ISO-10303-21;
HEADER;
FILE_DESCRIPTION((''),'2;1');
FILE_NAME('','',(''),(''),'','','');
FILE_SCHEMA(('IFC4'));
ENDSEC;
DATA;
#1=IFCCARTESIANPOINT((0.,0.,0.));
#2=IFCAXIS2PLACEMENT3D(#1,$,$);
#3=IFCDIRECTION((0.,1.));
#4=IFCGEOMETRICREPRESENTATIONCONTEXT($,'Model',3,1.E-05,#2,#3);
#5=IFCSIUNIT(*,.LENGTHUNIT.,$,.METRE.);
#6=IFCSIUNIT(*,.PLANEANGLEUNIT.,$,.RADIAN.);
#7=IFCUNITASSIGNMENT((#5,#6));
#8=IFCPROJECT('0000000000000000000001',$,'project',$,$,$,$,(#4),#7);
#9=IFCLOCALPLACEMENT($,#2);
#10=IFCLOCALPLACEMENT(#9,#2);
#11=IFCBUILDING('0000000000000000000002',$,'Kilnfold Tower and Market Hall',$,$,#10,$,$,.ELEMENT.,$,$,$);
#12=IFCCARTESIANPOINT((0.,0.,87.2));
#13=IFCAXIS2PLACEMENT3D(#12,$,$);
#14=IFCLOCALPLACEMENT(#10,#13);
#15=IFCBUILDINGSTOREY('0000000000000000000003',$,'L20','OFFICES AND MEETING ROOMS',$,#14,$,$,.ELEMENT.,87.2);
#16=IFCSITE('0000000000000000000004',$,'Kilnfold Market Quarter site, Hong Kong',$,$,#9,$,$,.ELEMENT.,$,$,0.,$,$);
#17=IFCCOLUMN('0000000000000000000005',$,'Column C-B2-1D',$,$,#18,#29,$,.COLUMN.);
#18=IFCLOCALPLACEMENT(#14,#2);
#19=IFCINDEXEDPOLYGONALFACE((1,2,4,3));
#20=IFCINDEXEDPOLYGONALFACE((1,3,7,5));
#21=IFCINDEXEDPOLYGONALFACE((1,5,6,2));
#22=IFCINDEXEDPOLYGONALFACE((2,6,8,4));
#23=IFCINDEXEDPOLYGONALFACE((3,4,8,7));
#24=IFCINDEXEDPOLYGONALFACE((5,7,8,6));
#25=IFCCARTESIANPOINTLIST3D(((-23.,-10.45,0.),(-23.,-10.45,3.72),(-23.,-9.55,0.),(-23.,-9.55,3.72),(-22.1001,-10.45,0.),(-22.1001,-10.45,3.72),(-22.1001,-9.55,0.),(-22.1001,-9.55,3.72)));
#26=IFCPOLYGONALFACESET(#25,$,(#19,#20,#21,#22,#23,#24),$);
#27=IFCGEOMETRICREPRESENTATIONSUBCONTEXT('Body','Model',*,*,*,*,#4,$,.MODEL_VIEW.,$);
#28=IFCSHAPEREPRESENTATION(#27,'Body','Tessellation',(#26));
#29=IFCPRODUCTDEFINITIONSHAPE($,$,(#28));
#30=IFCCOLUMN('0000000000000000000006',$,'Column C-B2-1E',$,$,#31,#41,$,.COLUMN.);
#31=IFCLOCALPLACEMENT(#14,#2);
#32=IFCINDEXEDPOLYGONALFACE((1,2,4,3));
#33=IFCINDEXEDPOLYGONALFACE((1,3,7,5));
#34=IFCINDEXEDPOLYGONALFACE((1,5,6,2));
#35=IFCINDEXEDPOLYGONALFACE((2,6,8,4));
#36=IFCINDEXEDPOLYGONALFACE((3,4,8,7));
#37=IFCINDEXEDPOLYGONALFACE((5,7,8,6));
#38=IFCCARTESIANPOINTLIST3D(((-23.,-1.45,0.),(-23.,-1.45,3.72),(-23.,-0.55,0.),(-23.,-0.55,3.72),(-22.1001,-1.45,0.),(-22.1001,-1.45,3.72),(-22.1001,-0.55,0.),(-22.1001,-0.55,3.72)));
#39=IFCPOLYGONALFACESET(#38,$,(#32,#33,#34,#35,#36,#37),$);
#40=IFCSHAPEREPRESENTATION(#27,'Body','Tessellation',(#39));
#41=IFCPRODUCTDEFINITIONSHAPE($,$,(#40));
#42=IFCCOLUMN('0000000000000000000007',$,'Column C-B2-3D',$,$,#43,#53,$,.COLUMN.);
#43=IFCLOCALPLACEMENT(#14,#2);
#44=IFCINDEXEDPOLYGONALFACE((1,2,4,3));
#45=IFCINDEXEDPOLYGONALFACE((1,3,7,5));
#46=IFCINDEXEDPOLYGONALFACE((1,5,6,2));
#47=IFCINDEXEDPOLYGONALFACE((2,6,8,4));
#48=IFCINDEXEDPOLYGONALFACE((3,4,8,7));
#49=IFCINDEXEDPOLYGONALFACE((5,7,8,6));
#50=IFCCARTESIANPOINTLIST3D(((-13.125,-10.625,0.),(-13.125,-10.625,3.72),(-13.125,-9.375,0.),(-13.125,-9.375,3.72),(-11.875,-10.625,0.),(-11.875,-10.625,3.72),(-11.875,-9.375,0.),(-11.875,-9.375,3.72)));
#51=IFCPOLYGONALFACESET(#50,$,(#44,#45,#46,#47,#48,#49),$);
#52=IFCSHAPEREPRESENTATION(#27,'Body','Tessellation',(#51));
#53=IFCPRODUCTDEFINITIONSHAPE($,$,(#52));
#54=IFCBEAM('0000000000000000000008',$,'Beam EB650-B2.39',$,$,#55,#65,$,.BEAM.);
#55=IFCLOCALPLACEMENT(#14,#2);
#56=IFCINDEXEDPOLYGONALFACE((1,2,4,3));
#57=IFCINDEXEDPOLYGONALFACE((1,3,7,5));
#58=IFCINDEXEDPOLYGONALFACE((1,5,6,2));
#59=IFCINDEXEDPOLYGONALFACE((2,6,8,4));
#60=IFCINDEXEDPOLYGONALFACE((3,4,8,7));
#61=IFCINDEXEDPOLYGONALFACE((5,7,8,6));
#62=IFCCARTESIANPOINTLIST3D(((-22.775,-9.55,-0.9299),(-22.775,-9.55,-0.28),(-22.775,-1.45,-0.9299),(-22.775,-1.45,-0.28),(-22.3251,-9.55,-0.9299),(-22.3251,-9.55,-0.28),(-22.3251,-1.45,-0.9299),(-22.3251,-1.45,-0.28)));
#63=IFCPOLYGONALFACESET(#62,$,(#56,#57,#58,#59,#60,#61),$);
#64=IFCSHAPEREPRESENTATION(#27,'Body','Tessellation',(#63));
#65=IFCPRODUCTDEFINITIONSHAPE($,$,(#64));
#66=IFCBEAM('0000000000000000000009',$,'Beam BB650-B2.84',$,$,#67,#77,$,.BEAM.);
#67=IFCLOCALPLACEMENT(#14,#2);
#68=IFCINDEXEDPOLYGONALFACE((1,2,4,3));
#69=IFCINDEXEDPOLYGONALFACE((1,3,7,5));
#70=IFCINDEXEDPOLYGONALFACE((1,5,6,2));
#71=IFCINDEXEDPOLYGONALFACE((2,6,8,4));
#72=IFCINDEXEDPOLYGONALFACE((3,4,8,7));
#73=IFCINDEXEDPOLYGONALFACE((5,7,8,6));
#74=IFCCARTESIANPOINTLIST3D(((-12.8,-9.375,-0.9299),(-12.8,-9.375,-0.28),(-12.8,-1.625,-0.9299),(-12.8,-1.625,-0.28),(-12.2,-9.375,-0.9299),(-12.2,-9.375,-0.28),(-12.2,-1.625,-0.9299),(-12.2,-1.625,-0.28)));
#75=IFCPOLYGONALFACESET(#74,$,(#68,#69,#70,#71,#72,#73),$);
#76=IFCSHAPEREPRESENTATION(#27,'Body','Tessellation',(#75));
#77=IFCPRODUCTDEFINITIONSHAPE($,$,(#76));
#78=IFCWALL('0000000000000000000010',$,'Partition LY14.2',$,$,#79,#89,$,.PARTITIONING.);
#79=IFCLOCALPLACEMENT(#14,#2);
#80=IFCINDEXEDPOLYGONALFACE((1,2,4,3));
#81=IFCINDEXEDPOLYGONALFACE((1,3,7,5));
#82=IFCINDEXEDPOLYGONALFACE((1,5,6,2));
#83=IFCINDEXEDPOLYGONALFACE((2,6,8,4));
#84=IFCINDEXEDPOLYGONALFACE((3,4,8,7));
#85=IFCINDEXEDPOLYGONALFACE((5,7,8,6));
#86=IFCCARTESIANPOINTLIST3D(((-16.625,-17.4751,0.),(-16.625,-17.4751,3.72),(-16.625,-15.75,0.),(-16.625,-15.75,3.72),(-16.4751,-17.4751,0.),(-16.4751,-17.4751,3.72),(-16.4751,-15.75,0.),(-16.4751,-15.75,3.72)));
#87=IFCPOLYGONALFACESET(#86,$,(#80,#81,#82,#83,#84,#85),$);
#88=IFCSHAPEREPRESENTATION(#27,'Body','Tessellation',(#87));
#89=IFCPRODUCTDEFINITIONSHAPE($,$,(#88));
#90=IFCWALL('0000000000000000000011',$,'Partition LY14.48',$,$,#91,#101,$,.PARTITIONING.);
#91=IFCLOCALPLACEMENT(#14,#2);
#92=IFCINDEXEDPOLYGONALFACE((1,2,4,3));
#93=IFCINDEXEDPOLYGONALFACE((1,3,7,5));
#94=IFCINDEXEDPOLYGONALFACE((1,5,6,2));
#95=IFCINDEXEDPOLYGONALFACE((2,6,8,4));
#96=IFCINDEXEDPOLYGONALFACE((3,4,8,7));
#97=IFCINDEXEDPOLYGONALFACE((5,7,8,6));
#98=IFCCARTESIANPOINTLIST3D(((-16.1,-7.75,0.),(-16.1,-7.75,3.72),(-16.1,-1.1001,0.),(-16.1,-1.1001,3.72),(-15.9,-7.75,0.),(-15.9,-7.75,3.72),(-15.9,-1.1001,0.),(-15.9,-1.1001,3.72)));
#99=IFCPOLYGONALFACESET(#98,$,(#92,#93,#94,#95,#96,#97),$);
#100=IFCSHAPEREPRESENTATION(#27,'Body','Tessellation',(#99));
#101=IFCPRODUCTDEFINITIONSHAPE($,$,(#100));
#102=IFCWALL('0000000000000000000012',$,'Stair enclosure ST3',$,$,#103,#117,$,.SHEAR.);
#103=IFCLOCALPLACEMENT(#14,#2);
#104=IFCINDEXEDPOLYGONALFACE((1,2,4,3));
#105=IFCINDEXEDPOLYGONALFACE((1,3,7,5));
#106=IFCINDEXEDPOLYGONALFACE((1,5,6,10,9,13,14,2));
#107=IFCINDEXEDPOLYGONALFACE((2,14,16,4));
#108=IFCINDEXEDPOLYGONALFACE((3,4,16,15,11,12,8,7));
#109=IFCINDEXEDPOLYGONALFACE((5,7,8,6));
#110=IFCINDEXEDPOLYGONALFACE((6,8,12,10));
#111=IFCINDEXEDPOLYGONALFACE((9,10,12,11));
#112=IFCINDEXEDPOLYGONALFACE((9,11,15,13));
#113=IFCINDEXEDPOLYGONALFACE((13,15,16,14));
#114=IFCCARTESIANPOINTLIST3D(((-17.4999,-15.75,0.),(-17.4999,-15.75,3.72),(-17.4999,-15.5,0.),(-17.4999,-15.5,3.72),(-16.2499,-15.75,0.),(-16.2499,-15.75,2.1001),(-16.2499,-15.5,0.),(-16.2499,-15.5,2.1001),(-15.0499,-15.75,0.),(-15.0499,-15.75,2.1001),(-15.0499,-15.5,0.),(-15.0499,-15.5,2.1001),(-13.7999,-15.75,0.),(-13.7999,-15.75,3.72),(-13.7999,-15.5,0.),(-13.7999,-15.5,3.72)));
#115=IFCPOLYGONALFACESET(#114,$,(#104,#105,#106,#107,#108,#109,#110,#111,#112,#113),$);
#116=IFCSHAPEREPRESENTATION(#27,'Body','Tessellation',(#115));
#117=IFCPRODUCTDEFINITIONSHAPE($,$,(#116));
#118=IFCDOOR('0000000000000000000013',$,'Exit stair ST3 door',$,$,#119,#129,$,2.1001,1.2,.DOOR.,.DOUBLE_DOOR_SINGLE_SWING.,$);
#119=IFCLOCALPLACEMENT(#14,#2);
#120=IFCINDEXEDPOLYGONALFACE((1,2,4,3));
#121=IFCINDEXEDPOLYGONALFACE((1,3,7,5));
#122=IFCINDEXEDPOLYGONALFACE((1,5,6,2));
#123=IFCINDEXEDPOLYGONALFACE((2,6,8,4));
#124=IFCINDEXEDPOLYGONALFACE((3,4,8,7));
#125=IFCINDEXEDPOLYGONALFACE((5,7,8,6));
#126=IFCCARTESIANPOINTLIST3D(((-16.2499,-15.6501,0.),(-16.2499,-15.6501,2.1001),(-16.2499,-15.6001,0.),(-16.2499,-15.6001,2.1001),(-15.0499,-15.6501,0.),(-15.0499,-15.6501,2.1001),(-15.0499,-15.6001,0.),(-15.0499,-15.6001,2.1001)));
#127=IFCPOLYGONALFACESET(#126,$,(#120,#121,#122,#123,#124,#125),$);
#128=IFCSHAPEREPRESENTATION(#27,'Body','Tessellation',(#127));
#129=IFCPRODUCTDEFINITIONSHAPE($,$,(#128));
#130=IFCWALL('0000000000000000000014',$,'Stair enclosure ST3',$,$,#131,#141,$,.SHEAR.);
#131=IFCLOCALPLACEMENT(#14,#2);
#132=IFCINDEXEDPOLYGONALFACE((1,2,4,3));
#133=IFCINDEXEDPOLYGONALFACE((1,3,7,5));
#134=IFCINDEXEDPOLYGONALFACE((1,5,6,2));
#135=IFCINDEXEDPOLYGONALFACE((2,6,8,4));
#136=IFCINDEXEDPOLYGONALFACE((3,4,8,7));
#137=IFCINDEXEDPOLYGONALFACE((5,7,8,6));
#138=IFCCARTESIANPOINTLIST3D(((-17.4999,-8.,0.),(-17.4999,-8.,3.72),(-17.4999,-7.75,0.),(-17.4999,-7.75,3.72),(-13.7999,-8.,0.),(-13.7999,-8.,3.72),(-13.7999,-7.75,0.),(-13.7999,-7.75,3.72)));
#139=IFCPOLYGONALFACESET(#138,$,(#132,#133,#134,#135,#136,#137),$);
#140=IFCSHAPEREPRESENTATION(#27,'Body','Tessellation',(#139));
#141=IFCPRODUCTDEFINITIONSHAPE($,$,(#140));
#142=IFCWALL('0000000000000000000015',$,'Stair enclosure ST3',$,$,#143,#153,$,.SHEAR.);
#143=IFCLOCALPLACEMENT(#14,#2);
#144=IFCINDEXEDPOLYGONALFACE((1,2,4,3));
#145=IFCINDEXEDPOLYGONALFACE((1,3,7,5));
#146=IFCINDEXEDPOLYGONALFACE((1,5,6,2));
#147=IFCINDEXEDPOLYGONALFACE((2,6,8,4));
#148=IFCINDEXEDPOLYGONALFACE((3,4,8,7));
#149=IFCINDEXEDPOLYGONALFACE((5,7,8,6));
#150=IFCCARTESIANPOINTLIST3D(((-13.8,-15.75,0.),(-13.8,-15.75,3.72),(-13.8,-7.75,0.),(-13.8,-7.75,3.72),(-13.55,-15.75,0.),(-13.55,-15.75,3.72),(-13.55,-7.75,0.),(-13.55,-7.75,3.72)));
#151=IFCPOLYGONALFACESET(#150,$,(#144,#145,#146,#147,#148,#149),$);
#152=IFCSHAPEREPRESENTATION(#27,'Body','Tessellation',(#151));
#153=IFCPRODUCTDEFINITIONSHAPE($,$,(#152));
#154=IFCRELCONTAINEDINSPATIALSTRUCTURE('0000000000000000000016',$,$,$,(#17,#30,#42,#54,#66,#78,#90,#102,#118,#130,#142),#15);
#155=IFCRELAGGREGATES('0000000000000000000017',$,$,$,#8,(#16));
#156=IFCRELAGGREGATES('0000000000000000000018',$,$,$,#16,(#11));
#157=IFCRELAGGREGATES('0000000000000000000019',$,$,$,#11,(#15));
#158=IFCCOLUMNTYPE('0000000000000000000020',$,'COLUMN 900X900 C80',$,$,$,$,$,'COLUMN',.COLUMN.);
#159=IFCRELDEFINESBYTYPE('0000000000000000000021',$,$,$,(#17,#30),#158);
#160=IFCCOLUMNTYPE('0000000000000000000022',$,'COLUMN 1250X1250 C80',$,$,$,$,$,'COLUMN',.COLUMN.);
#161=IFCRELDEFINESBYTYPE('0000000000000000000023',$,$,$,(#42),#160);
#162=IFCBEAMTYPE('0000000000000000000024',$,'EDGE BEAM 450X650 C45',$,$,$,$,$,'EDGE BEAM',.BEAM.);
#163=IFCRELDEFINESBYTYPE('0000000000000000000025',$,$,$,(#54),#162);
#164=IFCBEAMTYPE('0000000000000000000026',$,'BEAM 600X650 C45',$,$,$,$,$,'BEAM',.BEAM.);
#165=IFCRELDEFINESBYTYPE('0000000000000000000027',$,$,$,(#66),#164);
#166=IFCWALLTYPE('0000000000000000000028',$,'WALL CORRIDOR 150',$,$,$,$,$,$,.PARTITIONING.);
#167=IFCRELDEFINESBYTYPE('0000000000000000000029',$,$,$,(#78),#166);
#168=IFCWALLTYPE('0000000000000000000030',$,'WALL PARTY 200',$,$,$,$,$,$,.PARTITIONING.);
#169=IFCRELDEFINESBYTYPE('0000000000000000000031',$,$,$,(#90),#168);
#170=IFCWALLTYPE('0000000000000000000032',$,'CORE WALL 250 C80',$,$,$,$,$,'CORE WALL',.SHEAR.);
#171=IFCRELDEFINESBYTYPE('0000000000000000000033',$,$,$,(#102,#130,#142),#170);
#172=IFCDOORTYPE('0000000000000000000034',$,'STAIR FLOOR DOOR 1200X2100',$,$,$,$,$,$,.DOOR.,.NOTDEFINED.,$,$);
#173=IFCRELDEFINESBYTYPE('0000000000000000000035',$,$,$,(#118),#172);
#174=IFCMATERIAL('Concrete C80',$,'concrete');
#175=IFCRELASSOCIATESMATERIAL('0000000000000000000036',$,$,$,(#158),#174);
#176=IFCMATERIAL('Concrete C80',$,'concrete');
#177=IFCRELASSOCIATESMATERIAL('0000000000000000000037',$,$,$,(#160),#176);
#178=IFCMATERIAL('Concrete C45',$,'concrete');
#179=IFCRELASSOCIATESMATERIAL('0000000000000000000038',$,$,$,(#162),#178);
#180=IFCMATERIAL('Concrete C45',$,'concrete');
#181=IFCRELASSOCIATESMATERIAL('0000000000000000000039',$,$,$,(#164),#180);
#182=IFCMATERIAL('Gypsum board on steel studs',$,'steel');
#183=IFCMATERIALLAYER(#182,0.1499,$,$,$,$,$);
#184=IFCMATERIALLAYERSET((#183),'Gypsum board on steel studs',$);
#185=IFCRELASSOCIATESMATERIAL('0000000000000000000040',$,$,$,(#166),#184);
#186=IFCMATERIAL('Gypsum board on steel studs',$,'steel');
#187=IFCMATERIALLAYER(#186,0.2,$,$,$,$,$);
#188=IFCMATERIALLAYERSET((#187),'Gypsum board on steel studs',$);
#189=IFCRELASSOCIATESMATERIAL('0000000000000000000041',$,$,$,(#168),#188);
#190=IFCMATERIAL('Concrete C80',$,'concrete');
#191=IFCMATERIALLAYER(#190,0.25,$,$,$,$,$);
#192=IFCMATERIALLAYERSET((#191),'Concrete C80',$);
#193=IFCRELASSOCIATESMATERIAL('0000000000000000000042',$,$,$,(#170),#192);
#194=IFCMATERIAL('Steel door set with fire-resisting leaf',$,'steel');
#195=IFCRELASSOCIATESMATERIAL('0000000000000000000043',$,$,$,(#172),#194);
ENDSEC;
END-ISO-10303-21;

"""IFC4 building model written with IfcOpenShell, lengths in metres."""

from ifc_helpers import new_model, si_unit, direction, frame, frame_2d, origin, origin_2d, place, context, subcontext, project, spatial, rectangle, extrude, source, transform, mapped, material, layer, layer_set, material_profile, profile_set, type_object, element, fill, save


model = new_model("IFC4")

# Units and contexts
model_context = context("Model", 3, precision=1e-05, world=origin(), true_north=direction((0.0, 1.0)))
body_context = subcontext(model_context, "Body", "Model", "MODEL_VIEW")
ifc_project = project(units=[si_unit("LENGTHUNIT", "METRE"), si_unit("PLANEANGLEUNIT", "RADIAN")], contexts=[model_context])

# Site, building, storey
site_placement = place(None, origin())
site = spatial("IfcSite", under=ifc_project, at=site_placement, Name="Kilnfold Market Quarter site, Hong Kong", CompositionType="ELEMENT", RefElevation=0.0)
building_placement = place(site_placement, origin())
building = spatial("IfcBuilding", under=site, at=building_placement, Name="Kilnfold Tower and Market Hall", CompositionType="ELEMENT")
storey_placement = place(building_placement, frame((0.0, 0.0, 87.2)))
storey = spatial("IfcBuildingStorey", under=building, at=storey_placement, Name="L20", Description="OFFICES AND MEETING ROOMS", CompositionType="ELEMENT", Elevation=87.2)

# Columns
ifc_material_1 = material(Name="Concrete C80", Category="concrete")
ifc_material_profile_1 = material_profile(ifc_material_1, rectangle(XDim=0.8999, YDim=0.8999, at=origin_2d()), Name="RC 900x900")
ifc_profile_set_1 = profile_set([ifc_material_profile_1], Name="Concrete C80")
column_type_1 = type_object("IfcColumnType", Name="COLUMN 900X900 C80", ElementType="COLUMN", PredefinedType="COLUMN", material=ifc_profile_set_1)
shared_shape_1 = source(origin(), body_context, "Body", "SweptSolid", [
    extrude(rectangle(XDim=0.8999, YDim=0.8999, at=origin_2d()), origin(), (0.0, 0.0, 1.0), 3.72),
])
for number, where, z_axis, x_axis, name in (
    (1, (-22.55, -10.0, 0.0), (0.0, 0.0, 1.0), (1.0, 0.0, 0.0), "Column C-B2-1D"),
    (2, (-22.55, -1.0, 0.0), (0.0, 0.0, 1.0), (1.0, 0.0, 0.0), "Column C-B2-1E"),
):
    element("IfcColumn", number, at=place(storey_placement, frame(where, z_axis=z_axis, x_axis=x_axis)), inside=storey, type_object=column_type_1, Name=name, PredefinedType="COLUMN", context=body_context, shape_type="MappedRepresentation", body=[
        mapped(shared_shape_1, transform((0.0, 0.0, 0.0))),
    ])
ifc_material_2 = material(Name="Concrete C80", Category="concrete")
ifc_material_profile_2 = material_profile(ifc_material_2, rectangle(XDim=1.25, YDim=1.25, at=origin_2d()), Name="RC 1250x1250")
ifc_profile_set_2 = profile_set([ifc_material_profile_2], Name="Concrete C80")
column_type_2 = type_object("IfcColumnType", Name="COLUMN 1250X1250 C80", ElementType="COLUMN", PredefinedType="COLUMN", material=ifc_profile_set_2)
shared_shape_2 = source(origin(), body_context, "Body", "SweptSolid", [
    extrude(rectangle(XDim=1.25, YDim=1.25, at=origin_2d()), origin(), (0.0, 0.0, 1.0), 3.72),
])
column_placement = place(storey_placement, frame((-12.5, -10.0, 0.0), z_axis=(0.0, 0.0, 1.0), x_axis=(1.0, 0.0, 0.0)))
element("IfcColumn", 3, at=column_placement, inside=storey, type_object=column_type_2, Name="Column C-B2-3D", PredefinedType="COLUMN", context=body_context, shape_type="MappedRepresentation", body=[
    mapped(shared_shape_2, transform((0.0, 0.0, 0.0))),
])

# Beams
ifc_material_3 = material(Name="Concrete C45", Category="concrete")
ifc_material_profile_3 = material_profile(ifc_material_3, rectangle(XDim=0.45, YDim=0.6499, at=origin_2d()), Name="RC 450x650")
ifc_profile_set_3 = profile_set([ifc_material_profile_3], Name="Concrete C45")
beam_type_1 = type_object("IfcBeamType", Name="EDGE BEAM 450X650 C45", ElementType="EDGE BEAM", PredefinedType="BEAM", material=ifc_profile_set_3)
shared_shape_3 = source(origin(), body_context, "Body", "SweptSolid", [
    extrude(rectangle(XDim=0.45, YDim=0.6499, at=origin_2d()), origin(), (0.0, 0.0, 1.0), 8.1001),
])
beam_1_placement = place(storey_placement, frame((-22.55, -9.55, -0.605), z_axis=(0.0, 1.0, 0.0), x_axis=(-1.0, 0.0, 0.0)))
element("IfcBeam", 4, at=beam_1_placement, inside=storey, type_object=beam_type_1, Name="Beam EB650-B2.39", PredefinedType="BEAM", context=body_context, shape_type="MappedRepresentation", body=[
    mapped(shared_shape_3, transform((0.0, 0.0, 0.0))),
])
ifc_material_4 = material(Name="Concrete C45", Category="concrete")
ifc_material_profile_4 = material_profile(ifc_material_4, rectangle(XDim=0.6001, YDim=0.6499, at=origin_2d()), Name="RC 600x650")
ifc_profile_set_4 = profile_set([ifc_material_profile_4], Name="Concrete C45")
beam_type_2 = type_object("IfcBeamType", Name="BEAM 600X650 C45", ElementType="BEAM", PredefinedType="BEAM", material=ifc_profile_set_4)
shared_shape_4 = source(origin(), body_context, "Body", "SweptSolid", [
    extrude(rectangle(XDim=0.6001, YDim=0.6499, at=origin_2d()), origin(), (0.0, 0.0, 1.0), 7.75),
])
beam_2_placement = place(storey_placement, frame((-12.5, -9.375, -0.605), z_axis=(0.0, 1.0, 0.0), x_axis=(-1.0, 0.0, 0.0)))
element("IfcBeam", 5, at=beam_2_placement, inside=storey, type_object=beam_type_2, Name="Beam BB650-B2.84", PredefinedType="BEAM", context=body_context, shape_type="MappedRepresentation", body=[
    mapped(shared_shape_4, transform((0.0, 0.0, 0.0))),
])

# Walls
ifc_material_5 = material(Name="Gypsum board on steel studs", Category="steel")
ifc_layer_1 = layer(ifc_material_5, 0.1499)
ifc_layer_set_1 = layer_set([ifc_layer_1], Name="Gypsum board on steel studs")
wall_type_1 = type_object("IfcWallType", Name="WALL CORRIDOR 150", PredefinedType="PARTITIONING", material=ifc_layer_set_1)
wall_1_placement = place(storey_placement, frame((-16.55, -15.75, 0.0), z_axis=(0.0, 0.0, 1.0), x_axis=(0.0, -1.0, 0.0)))
element("IfcWall", 6, at=wall_1_placement, inside=storey, type_object=wall_type_1, Name="Partition LY14.2", PredefinedType="PARTITIONING", context=body_context, shape_type="SweptSolid", body=[
    extrude(rectangle(XDim=1.7251, YDim=0.1499, at=frame_2d((0.8625, 0.0))), origin(), (0.0, 0.0, 1.0), 3.72),
])
ifc_material_6 = material(Name="Gypsum board on steel studs", Category="steel")
ifc_layer_2 = layer(ifc_material_6, 0.2)
ifc_layer_set_2 = layer_set([ifc_layer_2], Name="Gypsum board on steel studs")
wall_type_2 = type_object("IfcWallType", Name="WALL PARTY 200", PredefinedType="PARTITIONING", material=ifc_layer_set_2)
wall_2_placement = place(storey_placement, frame((-16.0, -7.75, 0.0), z_axis=(0.0, 0.0, 1.0), x_axis=(0.0, 1.0, 0.0)))
element("IfcWall", 7, at=wall_2_placement, inside=storey, type_object=wall_type_2, Name="Partition LY14.48", PredefinedType="PARTITIONING", context=body_context, shape_type="SweptSolid", body=[
    extrude(rectangle(XDim=6.6499, YDim=0.2, at=frame_2d((3.325, 0.0))), origin(), (0.0, 0.0, 1.0), 3.72),
])

# Wall, opening, door
ifc_material_7 = material(Name="Concrete C80", Category="concrete")
ifc_layer_3 = layer(ifc_material_7, 0.25)
ifc_layer_set_3 = layer_set([ifc_layer_3], Name="Concrete C80")
wall_type_3 = type_object("IfcWallType", Name="CORE WALL 250 C80", ElementType="CORE WALL", PredefinedType="SHEAR", material=ifc_layer_set_3)
shared_shape_5 = source(origin(), body_context, "Body", "SweptSolid", [
    extrude(rectangle(XDim=3.7, YDim=0.25, at=frame_2d((1.8501, 0.0))), origin(), (0.0, 0.0, 1.0), 3.72),
])
wall_3_placement = place(storey_placement, frame((-17.5, -15.625, 0.0), z_axis=(0.0, 0.0, 1.0), x_axis=(1.0, 0.0, 0.0)))
wall_3 = element("IfcWall", 8, at=wall_3_placement, inside=storey, type_object=wall_type_3, Name="Stair enclosure ST3", PredefinedType="SHEAR", context=body_context, shape_type="MappedRepresentation", body=[
    mapped(shared_shape_5, transform((0.0, 0.0, 0.0))),
])
opening_1_placement = place(wall_3_placement, frame((1.25, 0.0, 0.0)))
opening_1 = element("IfcOpeningElement", 9, at=opening_1_placement, cuts=wall_3, PredefinedType="OPENING", context=body_context, shape_type="SweptSolid", body=[
    extrude(rectangle(XDim=1.2, YDim=2.1001, at=frame_2d((0.6001, 1.05))), frame((0.0, 0.135, 0.0), z_axis=(0.0, -1.0, 0.0), x_axis=(1.0, 0.0, 0.0)), (0.0, 0.0, 1.0), 0.27),
])
ifc_material_8 = material(Name="Steel door set with fire-resisting leaf", Category="steel")
door_type = type_object("IfcDoorType", Name="STAIR FLOOR DOOR 1200X2100", OperationType="NOTDEFINED", PredefinedType="DOOR", material=ifc_material_8)
door_placement = place(opening_1_placement, origin())
door = element("IfcDoor", 10, at=door_placement, inside=storey, type_object=door_type, Name="Exit stair ST3 door", OperationType="DOUBLE_DOOR_SINGLE_SWING", OverallHeight=2.1001, OverallWidth=1.2, PredefinedType="DOOR", context=body_context, shape_type="SweptSolid", body=[
    extrude(rectangle(XDim=1.2, YDim=2.1001, at=frame_2d((0.6001, 1.05))), frame((0.0, 0.0249, 0.0), z_axis=(0.0, -1.0, 0.0), x_axis=(1.0, 0.0, 0.0)), (0.0, 0.0, 1.0), 0.05),
])
fill(opening_1, door)

# Walls
wall_4_placement = place(storey_placement, frame((-17.5, -7.875, 0.0), z_axis=(0.0, 0.0, 1.0), x_axis=(1.0, 0.0, 0.0)))
element("IfcWall", 11, at=wall_4_placement, inside=storey, type_object=wall_type_3, Name="Stair enclosure ST3", PredefinedType="SHEAR", context=body_context, shape_type="MappedRepresentation", body=[
    mapped(shared_shape_5, transform((0.0, 0.0, 0.0))),
])
shared_shape_6 = source(origin(), body_context, "Body", "SweptSolid", [
    extrude(rectangle(XDim=8.0, YDim=0.25, at=frame_2d((4.0, 0.0))), origin(), (0.0, 0.0, 1.0), 3.72),
])
wall_5_placement = place(storey_placement, frame((-13.675, -15.75, 0.0), z_axis=(0.0, 0.0, 1.0), x_axis=(0.0, 1.0, 0.0)))
element("IfcWall", 12, at=wall_5_placement, inside=storey, type_object=wall_type_3, Name="Stair enclosure ST3", PredefinedType="SHEAR", context=body_context, shape_type="MappedRepresentation", body=[
    mapped(shared_shape_6, transform((0.0, 0.0, 0.0))),
])

save(model, "model.ifc")
